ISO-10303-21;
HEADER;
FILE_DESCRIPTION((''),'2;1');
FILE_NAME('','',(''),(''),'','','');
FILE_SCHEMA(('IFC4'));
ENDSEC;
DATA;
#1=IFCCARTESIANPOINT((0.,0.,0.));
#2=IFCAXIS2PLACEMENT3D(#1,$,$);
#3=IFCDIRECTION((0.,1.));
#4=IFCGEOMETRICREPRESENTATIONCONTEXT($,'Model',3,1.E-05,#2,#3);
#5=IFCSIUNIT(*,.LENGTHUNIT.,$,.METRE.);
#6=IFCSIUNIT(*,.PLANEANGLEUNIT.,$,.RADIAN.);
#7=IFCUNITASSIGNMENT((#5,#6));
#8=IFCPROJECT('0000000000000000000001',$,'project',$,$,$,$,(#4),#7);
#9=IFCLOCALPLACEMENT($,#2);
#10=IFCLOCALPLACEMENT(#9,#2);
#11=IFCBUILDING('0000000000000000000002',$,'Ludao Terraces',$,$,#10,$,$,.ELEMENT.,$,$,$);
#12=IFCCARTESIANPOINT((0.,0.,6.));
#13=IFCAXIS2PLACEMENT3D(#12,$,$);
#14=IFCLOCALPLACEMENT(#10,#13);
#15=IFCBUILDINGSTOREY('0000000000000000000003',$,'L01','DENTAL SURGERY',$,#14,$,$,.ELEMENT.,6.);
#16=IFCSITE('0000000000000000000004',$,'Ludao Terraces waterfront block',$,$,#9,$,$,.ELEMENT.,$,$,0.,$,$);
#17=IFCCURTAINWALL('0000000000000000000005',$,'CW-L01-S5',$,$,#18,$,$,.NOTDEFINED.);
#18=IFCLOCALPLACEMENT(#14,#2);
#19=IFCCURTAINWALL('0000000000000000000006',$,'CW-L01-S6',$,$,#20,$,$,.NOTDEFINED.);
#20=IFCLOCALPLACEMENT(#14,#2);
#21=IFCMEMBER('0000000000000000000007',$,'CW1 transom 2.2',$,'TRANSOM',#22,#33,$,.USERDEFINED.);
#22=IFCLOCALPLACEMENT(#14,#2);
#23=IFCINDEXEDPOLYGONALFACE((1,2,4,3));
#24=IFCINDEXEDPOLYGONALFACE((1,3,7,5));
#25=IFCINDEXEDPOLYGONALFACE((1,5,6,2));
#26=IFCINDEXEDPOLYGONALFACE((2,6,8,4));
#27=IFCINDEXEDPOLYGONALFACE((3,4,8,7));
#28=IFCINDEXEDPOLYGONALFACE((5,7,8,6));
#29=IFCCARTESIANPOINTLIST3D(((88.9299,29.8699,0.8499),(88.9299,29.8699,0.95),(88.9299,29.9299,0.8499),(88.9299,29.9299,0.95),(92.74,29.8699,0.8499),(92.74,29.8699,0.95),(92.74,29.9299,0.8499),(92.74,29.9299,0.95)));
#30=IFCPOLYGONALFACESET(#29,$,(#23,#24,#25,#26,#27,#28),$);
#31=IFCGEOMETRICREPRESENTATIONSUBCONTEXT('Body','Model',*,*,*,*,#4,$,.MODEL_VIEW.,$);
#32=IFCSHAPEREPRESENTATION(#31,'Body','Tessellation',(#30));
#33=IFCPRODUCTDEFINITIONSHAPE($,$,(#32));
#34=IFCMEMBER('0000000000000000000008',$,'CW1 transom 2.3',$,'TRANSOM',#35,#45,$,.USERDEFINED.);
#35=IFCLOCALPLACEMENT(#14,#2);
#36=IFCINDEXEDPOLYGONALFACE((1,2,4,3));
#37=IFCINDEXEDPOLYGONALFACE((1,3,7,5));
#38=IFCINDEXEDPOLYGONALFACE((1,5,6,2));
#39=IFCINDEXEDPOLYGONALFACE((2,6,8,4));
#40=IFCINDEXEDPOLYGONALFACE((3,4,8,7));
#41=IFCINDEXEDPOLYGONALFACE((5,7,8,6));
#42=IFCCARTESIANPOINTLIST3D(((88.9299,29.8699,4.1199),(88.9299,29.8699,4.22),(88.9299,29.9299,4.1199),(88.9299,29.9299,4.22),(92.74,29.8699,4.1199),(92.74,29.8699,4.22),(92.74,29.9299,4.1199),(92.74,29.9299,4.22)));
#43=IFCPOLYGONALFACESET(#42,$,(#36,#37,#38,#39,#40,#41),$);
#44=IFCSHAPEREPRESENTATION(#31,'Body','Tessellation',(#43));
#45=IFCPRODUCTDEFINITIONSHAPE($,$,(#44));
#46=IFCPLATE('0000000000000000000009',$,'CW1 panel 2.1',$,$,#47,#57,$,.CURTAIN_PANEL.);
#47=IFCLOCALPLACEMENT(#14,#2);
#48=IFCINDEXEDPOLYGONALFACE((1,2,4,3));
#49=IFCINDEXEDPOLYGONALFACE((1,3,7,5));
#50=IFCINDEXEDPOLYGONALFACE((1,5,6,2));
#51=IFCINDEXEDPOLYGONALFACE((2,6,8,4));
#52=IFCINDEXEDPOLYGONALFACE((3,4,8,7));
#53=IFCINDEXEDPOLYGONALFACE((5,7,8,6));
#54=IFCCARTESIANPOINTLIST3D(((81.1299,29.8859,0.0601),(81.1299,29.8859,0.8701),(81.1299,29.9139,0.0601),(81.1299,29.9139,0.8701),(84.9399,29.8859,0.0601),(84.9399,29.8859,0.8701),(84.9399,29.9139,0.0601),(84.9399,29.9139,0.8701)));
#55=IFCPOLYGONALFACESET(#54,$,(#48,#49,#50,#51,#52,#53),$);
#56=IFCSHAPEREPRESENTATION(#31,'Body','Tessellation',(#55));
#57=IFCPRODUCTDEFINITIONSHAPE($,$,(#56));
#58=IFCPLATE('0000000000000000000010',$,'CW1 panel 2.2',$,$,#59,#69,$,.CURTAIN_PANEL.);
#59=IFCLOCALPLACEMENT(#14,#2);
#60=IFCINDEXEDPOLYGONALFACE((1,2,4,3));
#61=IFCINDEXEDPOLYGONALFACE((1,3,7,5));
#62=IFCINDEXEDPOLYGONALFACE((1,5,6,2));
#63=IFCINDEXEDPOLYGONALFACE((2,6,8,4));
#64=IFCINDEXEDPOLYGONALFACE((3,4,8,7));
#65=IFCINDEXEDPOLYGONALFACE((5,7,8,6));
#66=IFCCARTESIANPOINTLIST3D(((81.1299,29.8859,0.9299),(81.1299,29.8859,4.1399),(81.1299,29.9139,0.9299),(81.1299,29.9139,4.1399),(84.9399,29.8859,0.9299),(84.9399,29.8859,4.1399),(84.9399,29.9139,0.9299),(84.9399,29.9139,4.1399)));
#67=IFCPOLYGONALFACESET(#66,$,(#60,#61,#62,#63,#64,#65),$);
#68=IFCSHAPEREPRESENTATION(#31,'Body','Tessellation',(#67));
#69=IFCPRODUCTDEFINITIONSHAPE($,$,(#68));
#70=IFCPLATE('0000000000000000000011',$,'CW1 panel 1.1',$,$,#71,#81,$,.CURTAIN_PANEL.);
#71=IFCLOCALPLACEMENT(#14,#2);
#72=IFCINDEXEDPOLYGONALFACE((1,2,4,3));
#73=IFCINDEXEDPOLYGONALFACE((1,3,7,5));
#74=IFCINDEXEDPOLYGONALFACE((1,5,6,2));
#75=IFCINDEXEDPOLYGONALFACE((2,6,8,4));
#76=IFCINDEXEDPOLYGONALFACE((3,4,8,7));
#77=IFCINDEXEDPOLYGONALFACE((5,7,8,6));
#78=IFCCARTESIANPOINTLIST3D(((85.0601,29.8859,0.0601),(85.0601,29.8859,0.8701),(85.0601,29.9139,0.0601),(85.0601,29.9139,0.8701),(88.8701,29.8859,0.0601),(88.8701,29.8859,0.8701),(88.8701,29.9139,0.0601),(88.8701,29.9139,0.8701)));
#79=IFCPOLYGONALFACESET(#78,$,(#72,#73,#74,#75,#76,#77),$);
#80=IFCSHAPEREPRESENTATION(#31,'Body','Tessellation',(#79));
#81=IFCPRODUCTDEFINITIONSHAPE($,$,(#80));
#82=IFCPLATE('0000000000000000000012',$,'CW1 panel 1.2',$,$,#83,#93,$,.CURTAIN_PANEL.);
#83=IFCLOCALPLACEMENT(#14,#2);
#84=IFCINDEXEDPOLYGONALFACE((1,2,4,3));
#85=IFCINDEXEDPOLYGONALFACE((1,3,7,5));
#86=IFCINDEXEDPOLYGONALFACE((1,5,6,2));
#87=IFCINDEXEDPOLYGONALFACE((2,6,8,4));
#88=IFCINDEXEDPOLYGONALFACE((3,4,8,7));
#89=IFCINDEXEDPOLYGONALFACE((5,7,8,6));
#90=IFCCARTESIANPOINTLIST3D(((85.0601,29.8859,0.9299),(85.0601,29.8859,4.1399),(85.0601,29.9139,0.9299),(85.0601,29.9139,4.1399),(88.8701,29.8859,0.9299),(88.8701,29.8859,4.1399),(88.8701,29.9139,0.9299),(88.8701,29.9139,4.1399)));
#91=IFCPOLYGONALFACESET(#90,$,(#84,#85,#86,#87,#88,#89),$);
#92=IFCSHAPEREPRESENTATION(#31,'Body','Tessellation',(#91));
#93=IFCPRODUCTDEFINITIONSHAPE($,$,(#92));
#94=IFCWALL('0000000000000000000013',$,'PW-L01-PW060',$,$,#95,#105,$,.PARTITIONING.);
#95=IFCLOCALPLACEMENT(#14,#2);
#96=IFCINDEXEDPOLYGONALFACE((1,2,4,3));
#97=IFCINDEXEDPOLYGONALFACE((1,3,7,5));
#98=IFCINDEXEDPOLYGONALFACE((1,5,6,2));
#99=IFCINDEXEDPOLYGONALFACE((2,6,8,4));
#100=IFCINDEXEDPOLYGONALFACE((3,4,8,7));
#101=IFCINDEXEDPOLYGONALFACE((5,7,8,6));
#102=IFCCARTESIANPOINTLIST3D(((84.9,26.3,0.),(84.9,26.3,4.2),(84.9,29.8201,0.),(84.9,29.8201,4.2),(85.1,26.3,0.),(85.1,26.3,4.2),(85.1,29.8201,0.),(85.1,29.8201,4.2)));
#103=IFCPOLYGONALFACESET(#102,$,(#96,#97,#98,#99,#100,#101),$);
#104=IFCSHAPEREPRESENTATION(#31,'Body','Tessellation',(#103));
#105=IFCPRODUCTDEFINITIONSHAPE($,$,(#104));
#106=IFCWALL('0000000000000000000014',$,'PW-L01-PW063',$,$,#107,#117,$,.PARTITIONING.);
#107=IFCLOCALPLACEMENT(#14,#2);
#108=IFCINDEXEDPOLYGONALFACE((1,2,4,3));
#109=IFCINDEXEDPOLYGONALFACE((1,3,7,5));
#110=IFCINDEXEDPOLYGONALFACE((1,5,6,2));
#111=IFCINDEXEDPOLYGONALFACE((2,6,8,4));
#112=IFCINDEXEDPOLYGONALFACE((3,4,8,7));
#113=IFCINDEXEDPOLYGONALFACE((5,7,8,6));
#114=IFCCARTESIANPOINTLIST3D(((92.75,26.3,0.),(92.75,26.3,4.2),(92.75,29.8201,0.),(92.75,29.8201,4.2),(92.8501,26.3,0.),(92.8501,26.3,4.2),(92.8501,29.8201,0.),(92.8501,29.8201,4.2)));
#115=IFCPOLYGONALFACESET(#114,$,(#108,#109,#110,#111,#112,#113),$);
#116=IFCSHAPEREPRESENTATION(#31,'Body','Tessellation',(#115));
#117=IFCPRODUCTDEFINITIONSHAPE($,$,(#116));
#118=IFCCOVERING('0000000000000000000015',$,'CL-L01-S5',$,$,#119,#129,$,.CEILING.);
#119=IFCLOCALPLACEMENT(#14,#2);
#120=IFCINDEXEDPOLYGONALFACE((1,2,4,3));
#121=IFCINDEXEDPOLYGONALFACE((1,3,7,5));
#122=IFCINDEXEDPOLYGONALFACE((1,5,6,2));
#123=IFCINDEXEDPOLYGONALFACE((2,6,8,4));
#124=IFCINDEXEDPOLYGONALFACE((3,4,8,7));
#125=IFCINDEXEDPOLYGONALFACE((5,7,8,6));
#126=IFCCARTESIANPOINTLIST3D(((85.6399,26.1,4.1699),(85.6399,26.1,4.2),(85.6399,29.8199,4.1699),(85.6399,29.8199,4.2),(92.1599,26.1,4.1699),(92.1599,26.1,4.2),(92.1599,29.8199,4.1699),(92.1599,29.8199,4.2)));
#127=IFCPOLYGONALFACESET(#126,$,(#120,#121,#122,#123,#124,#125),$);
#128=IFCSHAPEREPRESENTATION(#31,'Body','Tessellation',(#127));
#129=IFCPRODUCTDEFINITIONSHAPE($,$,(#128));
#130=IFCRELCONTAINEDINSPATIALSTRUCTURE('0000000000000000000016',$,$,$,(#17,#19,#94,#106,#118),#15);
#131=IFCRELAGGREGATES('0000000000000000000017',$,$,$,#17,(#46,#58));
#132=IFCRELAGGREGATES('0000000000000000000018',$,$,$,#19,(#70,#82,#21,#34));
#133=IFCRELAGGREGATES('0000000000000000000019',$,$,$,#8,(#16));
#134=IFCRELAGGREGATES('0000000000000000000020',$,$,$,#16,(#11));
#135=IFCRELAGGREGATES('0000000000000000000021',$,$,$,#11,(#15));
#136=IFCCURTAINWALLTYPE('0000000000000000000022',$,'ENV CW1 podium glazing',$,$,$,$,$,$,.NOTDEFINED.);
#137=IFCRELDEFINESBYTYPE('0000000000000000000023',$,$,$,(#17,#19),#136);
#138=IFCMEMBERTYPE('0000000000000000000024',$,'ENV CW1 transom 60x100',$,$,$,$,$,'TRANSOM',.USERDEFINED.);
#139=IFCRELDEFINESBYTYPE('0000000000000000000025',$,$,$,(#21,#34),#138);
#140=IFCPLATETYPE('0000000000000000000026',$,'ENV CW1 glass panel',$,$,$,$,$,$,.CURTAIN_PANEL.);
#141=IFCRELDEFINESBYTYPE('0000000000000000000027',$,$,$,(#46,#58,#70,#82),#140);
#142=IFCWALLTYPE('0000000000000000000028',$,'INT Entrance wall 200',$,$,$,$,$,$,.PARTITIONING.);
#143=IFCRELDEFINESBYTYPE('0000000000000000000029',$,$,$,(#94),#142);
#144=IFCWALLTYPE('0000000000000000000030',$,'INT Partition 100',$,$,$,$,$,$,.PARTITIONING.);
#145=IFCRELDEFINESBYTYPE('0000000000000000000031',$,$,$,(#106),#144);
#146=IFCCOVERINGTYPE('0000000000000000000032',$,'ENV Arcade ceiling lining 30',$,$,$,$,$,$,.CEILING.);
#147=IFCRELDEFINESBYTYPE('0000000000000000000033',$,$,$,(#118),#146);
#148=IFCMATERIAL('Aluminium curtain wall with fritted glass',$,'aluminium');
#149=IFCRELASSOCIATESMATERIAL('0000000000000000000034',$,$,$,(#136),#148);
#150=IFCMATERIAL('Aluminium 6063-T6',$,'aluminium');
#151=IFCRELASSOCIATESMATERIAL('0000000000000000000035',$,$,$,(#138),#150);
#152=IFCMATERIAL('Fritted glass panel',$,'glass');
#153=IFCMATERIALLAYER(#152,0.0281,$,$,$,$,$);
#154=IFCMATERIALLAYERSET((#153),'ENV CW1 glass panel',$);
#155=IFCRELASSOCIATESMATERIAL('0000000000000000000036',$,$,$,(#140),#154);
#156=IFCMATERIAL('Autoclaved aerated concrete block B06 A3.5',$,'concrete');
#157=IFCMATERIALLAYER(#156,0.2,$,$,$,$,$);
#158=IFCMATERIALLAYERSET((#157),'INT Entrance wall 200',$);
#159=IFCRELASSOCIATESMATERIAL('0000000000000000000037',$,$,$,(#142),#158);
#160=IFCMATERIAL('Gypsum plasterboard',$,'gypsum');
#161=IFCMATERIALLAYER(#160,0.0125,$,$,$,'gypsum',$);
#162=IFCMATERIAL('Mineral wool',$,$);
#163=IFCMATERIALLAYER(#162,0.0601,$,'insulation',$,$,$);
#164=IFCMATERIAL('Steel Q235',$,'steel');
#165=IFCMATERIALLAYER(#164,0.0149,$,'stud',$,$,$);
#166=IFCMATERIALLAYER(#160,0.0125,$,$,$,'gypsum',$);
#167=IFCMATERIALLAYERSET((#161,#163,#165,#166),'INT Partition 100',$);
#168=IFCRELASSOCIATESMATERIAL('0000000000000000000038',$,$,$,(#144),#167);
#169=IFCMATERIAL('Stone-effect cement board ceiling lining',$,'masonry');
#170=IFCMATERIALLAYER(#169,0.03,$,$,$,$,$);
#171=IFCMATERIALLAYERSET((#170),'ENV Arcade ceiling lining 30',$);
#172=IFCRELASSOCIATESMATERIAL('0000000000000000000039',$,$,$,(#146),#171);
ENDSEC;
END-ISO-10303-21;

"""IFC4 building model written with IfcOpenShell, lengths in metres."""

from ifc_helpers import new_model, si_unit, direction, frame, frame_2d, origin, origin_2d, place, context, subcontext, project, spatial, rectangle, extrude, material, layer, layer_set, material_profile, profile_set, type_object, element, aggregate, save


model = new_model("IFC4")

# Units and contexts
model_context = context("Model", 3, precision=1e-05, world=origin(), true_north=direction((0.0, 1.0)))
body_context = subcontext(model_context, "Body", "Model", "MODEL_VIEW")
ifc_project = project(units=[si_unit("LENGTHUNIT", "METRE"), si_unit("PLANEANGLEUNIT", "RADIAN")], contexts=[model_context])

# Site, building, storey
site_placement = place(None, origin())
site = spatial("IfcSite", under=ifc_project, at=site_placement, Name="Ludao Terraces waterfront block", CompositionType="ELEMENT", RefElevation=0.0)
building_placement = place(site_placement, origin())
building = spatial("IfcBuilding", under=site, at=building_placement, Name="Ludao Terraces", CompositionType="ELEMENT")
storey_placement = place(building_placement, frame((0.0, 0.0, 6.0)))
storey = spatial("IfcBuildingStorey", under=building, at=storey_placement, Name="L01", Description="DENTAL SURGERY", CompositionType="ELEMENT", Elevation=6.0)

# Curtain wall
ifc_material_1 = material(Name="Aluminium curtain wall with fritted glass", Category="aluminium")
curtain_wall_type = type_object("IfcCurtainWallType", Name="ENV CW1 podium glazing", PredefinedType="NOTDEFINED", material=ifc_material_1)
curtain_wall_1_placement = place(storey_placement, origin())
curtain_wall_1 = element("IfcCurtainWall", 1, at=curtain_wall_1_placement, inside=storey, type_object=curtain_wall_type, Name="CW-L01-S5", PredefinedType="NOTDEFINED")
ifc_material_2 = material(Name="Aluminium 6063-T6", Category="aluminium")

# Curtain wall, members
curtain_wall_2_placement = place(storey_placement, origin())
curtain_wall_2 = element("IfcCurtainWall", 2, at=curtain_wall_2_placement, inside=storey, type_object=curtain_wall_type, Name="CW-L01-S6", PredefinedType="NOTDEFINED")
ifc_material_profile_1 = material_profile(ifc_material_2, rectangle(XDim=0.0601, YDim=0.1001, at=origin_2d()), Name="60 X 100")
ifc_profile_set_1 = profile_set([ifc_material_profile_1], Name="Aluminium 6063-T6")
member_type_1 = type_object("IfcMemberType", Name="ENV CW1 transom 60x100", ElementType="TRANSOM", PredefinedType="USERDEFINED", material=ifc_profile_set_1)
member_1_placement = place(storey_placement, frame((88.9299, 29.8999, 0.8999), z_axis=(1.0, 0.0, 0.0), x_axis=(0.0, 1.0, 0.0)))
member_1 = element("IfcMember", 3, at=member_1_placement, type_object=member_type_1, Name="CW1 transom 2.2", ObjectType="TRANSOM", PredefinedType="USERDEFINED", context=body_context, shape_type="SweptSolid", body=[
    extrude(rectangle(XDim=0.0601, YDim=0.1001, at=origin_2d()), origin(), (0.0, 0.0, 1.0), 3.8101),
])
member_2_placement = place(storey_placement, frame((88.9299, 29.8999, 4.1699), z_axis=(1.0, 0.0, 0.0), x_axis=(0.0, 1.0, 0.0)))
member_2 = element("IfcMember", 4, at=member_2_placement, type_object=member_type_1, Name="CW1 transom 2.3", ObjectType="TRANSOM", PredefinedType="USERDEFINED", context=body_context, shape_type="SweptSolid", body=[
    extrude(rectangle(XDim=0.0601, YDim=0.1001, at=origin_2d()), origin(), (0.0, 0.0, 1.0), 3.8101),
])

# Plates
ifc_material_3 = material(Name="Fritted glass panel", Category="glass")
ifc_layer_1 = layer(ifc_material_3, 0.0281)
ifc_layer_set_1 = layer_set([ifc_layer_1], Name="ENV CW1 glass panel")
plate_type = type_object("IfcPlateType", Name="ENV CW1 glass panel", PredefinedType="CURTAIN_PANEL", material=ifc_layer_set_1)
plate_1_placement = place(storey_placement, frame((83.0349, 29.8999, 0.0601), z_axis=(0.0, 0.0, 1.0), x_axis=(1.0, 0.0, 0.0)))
plate_1 = element("IfcPlate", 5, at=plate_1_placement, type_object=plate_type, Name="CW1 panel 2.1", PredefinedType="CURTAIN_PANEL", context=body_context, shape_type="SweptSolid", body=[
    extrude(rectangle(XDim=3.8101, YDim=0.0281, at=origin_2d()), origin(), (0.0, 0.0, 1.0), 0.8101),
])
plate_2_placement = place(storey_placement, frame((83.0349, 29.8999, 0.9299), z_axis=(0.0, 0.0, 1.0), x_axis=(1.0, 0.0, 0.0)))
plate_2 = element("IfcPlate", 6, at=plate_2_placement, type_object=plate_type, Name="CW1 panel 2.2", PredefinedType="CURTAIN_PANEL", context=body_context, shape_type="SweptSolid", body=[
    extrude(rectangle(XDim=3.8101, YDim=0.0281, at=origin_2d()), origin(), (0.0, 0.0, 1.0), 3.21),
])
aggregate(curtain_wall_1, [plate_1, plate_2])
plate_3_placement = place(storey_placement, frame((86.9651, 29.8999, 0.0601), z_axis=(0.0, 0.0, 1.0), x_axis=(1.0, 0.0, 0.0)))
plate_3 = element("IfcPlate", 7, at=plate_3_placement, type_object=plate_type, Name="CW1 panel 1.1", PredefinedType="CURTAIN_PANEL", context=body_context, shape_type="SweptSolid", body=[
    extrude(rectangle(XDim=3.8101, YDim=0.0281, at=origin_2d()), origin(), (0.0, 0.0, 1.0), 0.8101),
])
plate_4_placement = place(storey_placement, frame((86.9651, 29.8999, 0.9299), z_axis=(0.0, 0.0, 1.0), x_axis=(1.0, 0.0, 0.0)))
plate_4 = element("IfcPlate", 8, at=plate_4_placement, type_object=plate_type, Name="CW1 panel 1.2", PredefinedType="CURTAIN_PANEL", context=body_context, shape_type="SweptSolid", body=[
    extrude(rectangle(XDim=3.8101, YDim=0.0281, at=origin_2d()), origin(), (0.0, 0.0, 1.0), 3.21),
])
aggregate(curtain_wall_2, [plate_3, plate_4, member_1, member_2])

# Walls
ifc_material_4 = material(Name="Autoclaved aerated concrete block B06 A3.5", Category="concrete")
ifc_layer_2 = layer(ifc_material_4, 0.2)
ifc_layer_set_2 = layer_set([ifc_layer_2], Name="INT Entrance wall 200")
wall_type_1 = type_object("IfcWallType", Name="INT Entrance wall 200", PredefinedType="PARTITIONING", material=ifc_layer_set_2)
wall_1_placement = place(storey_placement, frame((85.0, 26.3, 0.0), z_axis=(0.0, 0.0, 1.0), x_axis=(0.0, 1.0, 0.0)))
element("IfcWall", 9, at=wall_1_placement, inside=storey, type_object=wall_type_1, Name="PW-L01-PW060", PredefinedType="PARTITIONING", context=body_context, shape_type="SweptSolid", body=[
    extrude(rectangle(XDim=3.52, YDim=0.2, at=frame_2d((1.76, 0.0))), origin(), (0.0, 0.0, 1.0), 4.2),
])
ifc_material_5 = material(Name="Gypsum plasterboard", Category="gypsum")
ifc_layer_3 = layer(ifc_material_5, 0.0125, Category="gypsum")
ifc_material_6 = material(Name="Mineral wool")
ifc_layer_4 = layer(ifc_material_6, 0.0601, Name="insulation")
ifc_material_7 = material(Name="Steel Q235", Category="steel")
ifc_layer_5 = layer(ifc_material_7, 0.0149, Name="stud")
ifc_layer_6 = layer(ifc_material_5, 0.0125, Category="gypsum")
ifc_layer_set_3 = layer_set([ifc_layer_3, ifc_layer_4, ifc_layer_5, ifc_layer_6], Name="INT Partition 100")
wall_type_2 = type_object("IfcWallType", Name="INT Partition 100", PredefinedType="PARTITIONING", material=ifc_layer_set_3)
wall_2_placement = place(storey_placement, frame((92.8, 26.3, 0.0), z_axis=(0.0, 0.0, 1.0), x_axis=(0.0, 1.0, 0.0)))
element("IfcWall", 10, at=wall_2_placement, inside=storey, type_object=wall_type_2, Name="PW-L01-PW063", PredefinedType="PARTITIONING", context=body_context, shape_type="SweptSolid", body=[
    extrude(rectangle(XDim=3.52, YDim=0.1001, at=frame_2d((1.76, 0.0))), origin(), (0.0, 0.0, 1.0), 4.2),
])

# Covering
ifc_material_8 = material(Name="Stone-effect cement board ceiling lining", Category="masonry")
ifc_layer_7 = layer(ifc_material_8, 0.03)
ifc_layer_set_4 = layer_set([ifc_layer_7], Name="ENV Arcade ceiling lining 30")
covering_type = type_object("IfcCoveringType", Name="ENV Arcade ceiling lining 30", PredefinedType="CEILING", material=ifc_layer_set_4)
covering_placement = place(storey_placement, frame((88.8999, 27.96, 4.1699), z_axis=(0.0, 0.0, 1.0), x_axis=(1.0, 0.0, 0.0)))
element("IfcCovering", 11, at=covering_placement, inside=storey, type_object=covering_type, Name="CL-L01-S5", PredefinedType="CEILING", context=body_context, shape_type="SweptSolid", body=[
    extrude(rectangle(XDim=6.52, YDim=3.72, at=origin_2d()), origin(), (0.0, 0.0, 1.0), 0.03),
])

save(model, "model.ifc")
